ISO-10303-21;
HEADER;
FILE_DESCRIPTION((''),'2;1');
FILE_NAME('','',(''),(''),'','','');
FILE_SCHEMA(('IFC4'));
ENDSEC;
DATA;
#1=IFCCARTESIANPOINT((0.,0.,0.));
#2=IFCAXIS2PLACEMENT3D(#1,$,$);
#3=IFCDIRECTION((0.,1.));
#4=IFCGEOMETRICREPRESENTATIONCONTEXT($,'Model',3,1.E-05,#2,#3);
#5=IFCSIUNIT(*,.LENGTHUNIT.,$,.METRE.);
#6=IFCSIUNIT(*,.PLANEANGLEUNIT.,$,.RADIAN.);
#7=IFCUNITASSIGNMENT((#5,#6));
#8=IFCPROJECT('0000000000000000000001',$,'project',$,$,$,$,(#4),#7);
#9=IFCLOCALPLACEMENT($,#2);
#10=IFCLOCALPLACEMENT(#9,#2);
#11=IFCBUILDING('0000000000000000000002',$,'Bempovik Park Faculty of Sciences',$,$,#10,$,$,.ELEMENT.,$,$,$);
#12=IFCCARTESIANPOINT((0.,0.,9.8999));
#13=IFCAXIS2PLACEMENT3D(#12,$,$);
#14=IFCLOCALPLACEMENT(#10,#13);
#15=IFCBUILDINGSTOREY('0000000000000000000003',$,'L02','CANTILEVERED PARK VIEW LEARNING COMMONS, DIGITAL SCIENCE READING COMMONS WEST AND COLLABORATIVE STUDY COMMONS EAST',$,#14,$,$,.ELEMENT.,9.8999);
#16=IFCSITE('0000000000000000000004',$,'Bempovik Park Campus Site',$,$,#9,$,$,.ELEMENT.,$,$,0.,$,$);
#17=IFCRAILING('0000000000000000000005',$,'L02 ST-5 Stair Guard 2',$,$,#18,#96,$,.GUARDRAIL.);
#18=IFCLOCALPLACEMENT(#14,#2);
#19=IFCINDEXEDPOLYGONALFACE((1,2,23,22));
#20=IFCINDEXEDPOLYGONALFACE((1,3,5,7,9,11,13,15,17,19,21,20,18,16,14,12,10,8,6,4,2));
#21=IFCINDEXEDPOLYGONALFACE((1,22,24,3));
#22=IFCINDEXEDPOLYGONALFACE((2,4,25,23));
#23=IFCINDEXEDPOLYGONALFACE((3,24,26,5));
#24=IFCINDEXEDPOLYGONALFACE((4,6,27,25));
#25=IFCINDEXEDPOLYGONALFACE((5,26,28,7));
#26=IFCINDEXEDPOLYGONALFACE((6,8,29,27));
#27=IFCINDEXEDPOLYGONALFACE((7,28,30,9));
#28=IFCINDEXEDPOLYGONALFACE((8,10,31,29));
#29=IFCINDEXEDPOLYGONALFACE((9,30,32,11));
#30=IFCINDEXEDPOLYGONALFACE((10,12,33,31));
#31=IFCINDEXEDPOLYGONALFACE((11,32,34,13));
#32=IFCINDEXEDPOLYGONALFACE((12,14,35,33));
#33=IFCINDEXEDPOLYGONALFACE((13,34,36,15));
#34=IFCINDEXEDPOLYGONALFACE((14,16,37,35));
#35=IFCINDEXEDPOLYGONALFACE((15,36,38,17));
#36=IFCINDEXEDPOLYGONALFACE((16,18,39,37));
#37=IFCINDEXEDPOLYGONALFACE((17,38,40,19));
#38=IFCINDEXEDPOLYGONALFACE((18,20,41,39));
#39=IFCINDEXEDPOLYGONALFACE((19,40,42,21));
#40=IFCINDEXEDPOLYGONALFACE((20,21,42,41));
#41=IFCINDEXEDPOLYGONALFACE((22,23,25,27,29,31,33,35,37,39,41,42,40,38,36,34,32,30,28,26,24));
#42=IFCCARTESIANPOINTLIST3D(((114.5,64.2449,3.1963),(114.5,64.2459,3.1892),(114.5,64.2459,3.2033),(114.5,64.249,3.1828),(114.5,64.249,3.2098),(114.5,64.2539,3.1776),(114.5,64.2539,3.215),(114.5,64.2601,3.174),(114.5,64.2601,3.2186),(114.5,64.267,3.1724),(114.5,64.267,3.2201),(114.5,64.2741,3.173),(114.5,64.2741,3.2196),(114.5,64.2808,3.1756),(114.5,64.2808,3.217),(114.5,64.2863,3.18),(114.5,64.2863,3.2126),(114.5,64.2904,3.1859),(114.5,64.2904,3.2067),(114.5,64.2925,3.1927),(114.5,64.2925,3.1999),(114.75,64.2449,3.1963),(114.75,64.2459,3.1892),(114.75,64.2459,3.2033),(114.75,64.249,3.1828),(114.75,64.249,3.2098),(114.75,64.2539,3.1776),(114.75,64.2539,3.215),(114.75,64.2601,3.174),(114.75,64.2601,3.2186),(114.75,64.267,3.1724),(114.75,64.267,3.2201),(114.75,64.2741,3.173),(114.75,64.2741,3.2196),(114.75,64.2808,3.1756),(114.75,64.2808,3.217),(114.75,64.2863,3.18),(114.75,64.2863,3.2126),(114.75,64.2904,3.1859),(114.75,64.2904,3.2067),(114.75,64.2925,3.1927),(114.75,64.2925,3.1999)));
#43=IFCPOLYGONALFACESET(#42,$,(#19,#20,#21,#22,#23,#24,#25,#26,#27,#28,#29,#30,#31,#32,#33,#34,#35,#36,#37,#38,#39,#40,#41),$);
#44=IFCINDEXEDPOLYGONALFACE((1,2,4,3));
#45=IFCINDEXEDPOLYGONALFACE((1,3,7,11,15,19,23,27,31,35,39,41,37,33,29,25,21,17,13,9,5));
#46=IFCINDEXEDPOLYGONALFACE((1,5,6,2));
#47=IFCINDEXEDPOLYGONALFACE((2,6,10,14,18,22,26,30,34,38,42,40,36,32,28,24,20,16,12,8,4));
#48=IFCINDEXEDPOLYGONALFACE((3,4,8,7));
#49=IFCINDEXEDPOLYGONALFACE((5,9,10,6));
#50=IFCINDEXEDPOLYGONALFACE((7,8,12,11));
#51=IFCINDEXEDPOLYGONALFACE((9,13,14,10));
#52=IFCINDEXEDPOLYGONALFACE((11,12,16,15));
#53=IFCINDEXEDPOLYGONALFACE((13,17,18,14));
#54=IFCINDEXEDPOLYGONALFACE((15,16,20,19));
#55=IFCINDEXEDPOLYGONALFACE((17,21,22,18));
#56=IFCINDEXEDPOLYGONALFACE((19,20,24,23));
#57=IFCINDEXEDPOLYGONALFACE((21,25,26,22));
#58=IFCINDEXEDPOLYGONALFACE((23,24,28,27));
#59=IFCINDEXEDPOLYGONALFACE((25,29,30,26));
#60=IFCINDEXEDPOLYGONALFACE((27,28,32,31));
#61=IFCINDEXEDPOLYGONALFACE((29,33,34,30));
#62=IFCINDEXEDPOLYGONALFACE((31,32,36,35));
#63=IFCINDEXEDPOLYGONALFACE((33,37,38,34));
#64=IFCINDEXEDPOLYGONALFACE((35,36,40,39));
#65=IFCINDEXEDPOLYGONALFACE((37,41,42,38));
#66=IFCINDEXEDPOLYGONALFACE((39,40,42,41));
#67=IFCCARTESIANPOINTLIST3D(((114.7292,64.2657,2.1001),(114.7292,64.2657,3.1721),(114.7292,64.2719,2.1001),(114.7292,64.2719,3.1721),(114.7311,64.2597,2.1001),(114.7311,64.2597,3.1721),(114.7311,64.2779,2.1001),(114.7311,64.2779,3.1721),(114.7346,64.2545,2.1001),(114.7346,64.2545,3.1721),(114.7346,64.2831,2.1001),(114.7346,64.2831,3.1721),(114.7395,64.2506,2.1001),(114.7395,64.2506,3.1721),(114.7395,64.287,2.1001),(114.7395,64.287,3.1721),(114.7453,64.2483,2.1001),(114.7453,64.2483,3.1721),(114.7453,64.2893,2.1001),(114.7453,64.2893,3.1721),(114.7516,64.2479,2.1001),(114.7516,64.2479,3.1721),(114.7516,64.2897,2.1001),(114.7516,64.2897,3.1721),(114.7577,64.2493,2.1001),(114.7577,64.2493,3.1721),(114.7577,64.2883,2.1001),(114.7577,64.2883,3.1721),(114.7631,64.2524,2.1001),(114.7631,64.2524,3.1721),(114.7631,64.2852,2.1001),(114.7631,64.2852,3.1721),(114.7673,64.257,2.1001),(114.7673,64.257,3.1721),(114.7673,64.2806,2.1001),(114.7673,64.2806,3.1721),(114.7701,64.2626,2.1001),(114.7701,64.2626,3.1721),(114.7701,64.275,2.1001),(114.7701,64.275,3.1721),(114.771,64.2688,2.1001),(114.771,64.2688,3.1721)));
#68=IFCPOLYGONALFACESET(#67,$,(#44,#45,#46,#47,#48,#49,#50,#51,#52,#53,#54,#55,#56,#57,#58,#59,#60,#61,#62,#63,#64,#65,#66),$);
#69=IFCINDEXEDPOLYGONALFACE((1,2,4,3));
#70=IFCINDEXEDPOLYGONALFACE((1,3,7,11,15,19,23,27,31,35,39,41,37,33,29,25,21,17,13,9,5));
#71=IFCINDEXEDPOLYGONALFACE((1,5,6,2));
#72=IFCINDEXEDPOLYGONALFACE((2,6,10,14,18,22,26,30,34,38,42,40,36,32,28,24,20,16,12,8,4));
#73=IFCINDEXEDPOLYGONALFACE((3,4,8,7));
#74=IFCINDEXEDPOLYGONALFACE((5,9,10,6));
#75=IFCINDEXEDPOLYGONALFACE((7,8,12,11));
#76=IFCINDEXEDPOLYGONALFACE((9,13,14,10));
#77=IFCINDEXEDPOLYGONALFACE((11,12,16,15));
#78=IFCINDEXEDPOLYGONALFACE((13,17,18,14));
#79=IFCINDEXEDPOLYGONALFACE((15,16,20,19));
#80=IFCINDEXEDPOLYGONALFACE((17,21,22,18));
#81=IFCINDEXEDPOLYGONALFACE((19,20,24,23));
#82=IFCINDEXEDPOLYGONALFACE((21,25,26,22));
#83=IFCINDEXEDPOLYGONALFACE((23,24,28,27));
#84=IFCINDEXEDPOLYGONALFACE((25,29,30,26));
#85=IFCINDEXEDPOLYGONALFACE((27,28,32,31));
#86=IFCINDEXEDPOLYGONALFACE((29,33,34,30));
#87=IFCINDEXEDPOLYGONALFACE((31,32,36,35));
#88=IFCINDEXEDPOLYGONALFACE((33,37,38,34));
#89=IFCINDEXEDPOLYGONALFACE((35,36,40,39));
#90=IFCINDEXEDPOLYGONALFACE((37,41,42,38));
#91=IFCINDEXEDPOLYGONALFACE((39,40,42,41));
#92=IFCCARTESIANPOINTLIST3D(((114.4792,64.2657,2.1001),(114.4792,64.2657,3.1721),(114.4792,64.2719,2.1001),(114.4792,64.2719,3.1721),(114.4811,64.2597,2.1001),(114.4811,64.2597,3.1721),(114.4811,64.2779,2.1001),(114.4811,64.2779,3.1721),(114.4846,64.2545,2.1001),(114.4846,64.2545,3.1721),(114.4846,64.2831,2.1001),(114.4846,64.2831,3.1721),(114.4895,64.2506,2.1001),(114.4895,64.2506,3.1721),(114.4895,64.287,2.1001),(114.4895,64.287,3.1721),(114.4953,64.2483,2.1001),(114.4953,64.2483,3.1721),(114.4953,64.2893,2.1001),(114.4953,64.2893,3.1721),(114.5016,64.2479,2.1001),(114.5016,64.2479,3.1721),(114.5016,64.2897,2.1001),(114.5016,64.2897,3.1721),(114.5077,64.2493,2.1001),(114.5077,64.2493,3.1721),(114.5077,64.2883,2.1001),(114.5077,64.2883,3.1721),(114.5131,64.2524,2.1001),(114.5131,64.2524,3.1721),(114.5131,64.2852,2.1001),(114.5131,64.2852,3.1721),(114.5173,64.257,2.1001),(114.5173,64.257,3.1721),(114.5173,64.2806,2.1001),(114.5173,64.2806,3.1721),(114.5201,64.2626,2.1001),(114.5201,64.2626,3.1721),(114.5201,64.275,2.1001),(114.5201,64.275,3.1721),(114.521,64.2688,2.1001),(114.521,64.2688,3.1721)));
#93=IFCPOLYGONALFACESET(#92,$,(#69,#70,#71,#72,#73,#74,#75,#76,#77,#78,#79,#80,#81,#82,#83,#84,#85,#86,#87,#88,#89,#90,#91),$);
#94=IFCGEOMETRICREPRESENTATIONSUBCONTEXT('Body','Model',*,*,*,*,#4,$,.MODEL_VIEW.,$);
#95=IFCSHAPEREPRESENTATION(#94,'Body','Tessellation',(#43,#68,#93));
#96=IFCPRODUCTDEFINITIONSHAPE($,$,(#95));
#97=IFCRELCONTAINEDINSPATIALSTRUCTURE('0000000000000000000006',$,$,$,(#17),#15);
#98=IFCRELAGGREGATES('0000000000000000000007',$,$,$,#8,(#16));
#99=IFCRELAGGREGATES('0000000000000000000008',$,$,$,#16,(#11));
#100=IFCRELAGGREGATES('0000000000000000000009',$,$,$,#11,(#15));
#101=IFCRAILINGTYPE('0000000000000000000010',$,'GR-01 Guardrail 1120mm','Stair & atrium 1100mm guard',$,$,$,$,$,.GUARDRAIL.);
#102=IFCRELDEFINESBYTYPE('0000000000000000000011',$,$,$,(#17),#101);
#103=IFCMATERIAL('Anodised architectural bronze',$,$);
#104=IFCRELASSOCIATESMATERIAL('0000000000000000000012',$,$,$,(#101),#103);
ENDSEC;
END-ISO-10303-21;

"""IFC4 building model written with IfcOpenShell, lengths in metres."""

from ifc_helpers import new_model, si_unit, direction, frame, origin, origin_2d, place, context, subcontext, project, spatial, circle, extrude, material, type_object, element, save


model = new_model("IFC4")

# Units and contexts
model_context = context("Model", 3, precision=1e-05, world=origin(), true_north=direction((0.0, 1.0)))
body_context = subcontext(model_context, "Body", "Model", "MODEL_VIEW")
ifc_project = project(units=[si_unit("LENGTHUNIT", "METRE"), si_unit("PLANEANGLEUNIT", "RADIAN")], contexts=[model_context])

# Site, building, storey
site_placement = place(None, origin())
site = spatial("IfcSite", under=ifc_project, at=site_placement, Name="Bempovik Park Campus Site", CompositionType="ELEMENT", RefElevation=0.0)
building_placement = place(site_placement, origin())
building = spatial("IfcBuilding", under=site, at=building_placement, Name="Bempovik Park Faculty of Sciences", CompositionType="ELEMENT")
storey_placement = place(building_placement, frame((0.0, 0.0, 9.8999)))
storey = spatial("IfcBuildingStorey", under=building, at=storey_placement, Name="L02", Description="CANTILEVERED PARK VIEW LEARNING COMMONS, DIGITAL SCIENCE READING COMMONS WEST AND COLLABORATIVE STUDY COMMONS EAST", CompositionType="ELEMENT", Elevation=9.8999)

# Railing
ifc_material_1 = material(Name="Anodised architectural bronze")
railing_type_1 = type_object("IfcRailingType", Name="GR-01 Guardrail 1120mm", Description="Stair & atrium 1100mm guard", PredefinedType="GUARDRAIL", material=ifc_material_1)
railing_1_placement = place(storey_placement, frame((114.75, 64.2688, 2.1001)))
element("IfcRailing", 1, at=railing_1_placement, inside=storey, type_object=railing_type_1, Name="L02 ST-5 Stair Guard 2", PredefinedType="GUARDRAIL", context=body_context, shape_type="SweptSolid", body=[
    extrude(circle(Radius=0.0239, at=origin_2d()), frame((0.0, 0.0, 1.0962), z_axis=(-1.0, 0.0, 0.0), x_axis=(0.0, -1.0, 0.0)), (0.0, 0.0, 1.0), 0.25),
    extrude(circle(Radius=0.021, at=origin_2d()), origin(), (0.0, 0.0, 1.0), 1.072),
    extrude(circle(Radius=0.021, at=origin_2d()), frame((-0.25, 0.0, 0.0)), (0.0, 0.0, 1.0), 1.072),
])

save(model, "model.ifc")
